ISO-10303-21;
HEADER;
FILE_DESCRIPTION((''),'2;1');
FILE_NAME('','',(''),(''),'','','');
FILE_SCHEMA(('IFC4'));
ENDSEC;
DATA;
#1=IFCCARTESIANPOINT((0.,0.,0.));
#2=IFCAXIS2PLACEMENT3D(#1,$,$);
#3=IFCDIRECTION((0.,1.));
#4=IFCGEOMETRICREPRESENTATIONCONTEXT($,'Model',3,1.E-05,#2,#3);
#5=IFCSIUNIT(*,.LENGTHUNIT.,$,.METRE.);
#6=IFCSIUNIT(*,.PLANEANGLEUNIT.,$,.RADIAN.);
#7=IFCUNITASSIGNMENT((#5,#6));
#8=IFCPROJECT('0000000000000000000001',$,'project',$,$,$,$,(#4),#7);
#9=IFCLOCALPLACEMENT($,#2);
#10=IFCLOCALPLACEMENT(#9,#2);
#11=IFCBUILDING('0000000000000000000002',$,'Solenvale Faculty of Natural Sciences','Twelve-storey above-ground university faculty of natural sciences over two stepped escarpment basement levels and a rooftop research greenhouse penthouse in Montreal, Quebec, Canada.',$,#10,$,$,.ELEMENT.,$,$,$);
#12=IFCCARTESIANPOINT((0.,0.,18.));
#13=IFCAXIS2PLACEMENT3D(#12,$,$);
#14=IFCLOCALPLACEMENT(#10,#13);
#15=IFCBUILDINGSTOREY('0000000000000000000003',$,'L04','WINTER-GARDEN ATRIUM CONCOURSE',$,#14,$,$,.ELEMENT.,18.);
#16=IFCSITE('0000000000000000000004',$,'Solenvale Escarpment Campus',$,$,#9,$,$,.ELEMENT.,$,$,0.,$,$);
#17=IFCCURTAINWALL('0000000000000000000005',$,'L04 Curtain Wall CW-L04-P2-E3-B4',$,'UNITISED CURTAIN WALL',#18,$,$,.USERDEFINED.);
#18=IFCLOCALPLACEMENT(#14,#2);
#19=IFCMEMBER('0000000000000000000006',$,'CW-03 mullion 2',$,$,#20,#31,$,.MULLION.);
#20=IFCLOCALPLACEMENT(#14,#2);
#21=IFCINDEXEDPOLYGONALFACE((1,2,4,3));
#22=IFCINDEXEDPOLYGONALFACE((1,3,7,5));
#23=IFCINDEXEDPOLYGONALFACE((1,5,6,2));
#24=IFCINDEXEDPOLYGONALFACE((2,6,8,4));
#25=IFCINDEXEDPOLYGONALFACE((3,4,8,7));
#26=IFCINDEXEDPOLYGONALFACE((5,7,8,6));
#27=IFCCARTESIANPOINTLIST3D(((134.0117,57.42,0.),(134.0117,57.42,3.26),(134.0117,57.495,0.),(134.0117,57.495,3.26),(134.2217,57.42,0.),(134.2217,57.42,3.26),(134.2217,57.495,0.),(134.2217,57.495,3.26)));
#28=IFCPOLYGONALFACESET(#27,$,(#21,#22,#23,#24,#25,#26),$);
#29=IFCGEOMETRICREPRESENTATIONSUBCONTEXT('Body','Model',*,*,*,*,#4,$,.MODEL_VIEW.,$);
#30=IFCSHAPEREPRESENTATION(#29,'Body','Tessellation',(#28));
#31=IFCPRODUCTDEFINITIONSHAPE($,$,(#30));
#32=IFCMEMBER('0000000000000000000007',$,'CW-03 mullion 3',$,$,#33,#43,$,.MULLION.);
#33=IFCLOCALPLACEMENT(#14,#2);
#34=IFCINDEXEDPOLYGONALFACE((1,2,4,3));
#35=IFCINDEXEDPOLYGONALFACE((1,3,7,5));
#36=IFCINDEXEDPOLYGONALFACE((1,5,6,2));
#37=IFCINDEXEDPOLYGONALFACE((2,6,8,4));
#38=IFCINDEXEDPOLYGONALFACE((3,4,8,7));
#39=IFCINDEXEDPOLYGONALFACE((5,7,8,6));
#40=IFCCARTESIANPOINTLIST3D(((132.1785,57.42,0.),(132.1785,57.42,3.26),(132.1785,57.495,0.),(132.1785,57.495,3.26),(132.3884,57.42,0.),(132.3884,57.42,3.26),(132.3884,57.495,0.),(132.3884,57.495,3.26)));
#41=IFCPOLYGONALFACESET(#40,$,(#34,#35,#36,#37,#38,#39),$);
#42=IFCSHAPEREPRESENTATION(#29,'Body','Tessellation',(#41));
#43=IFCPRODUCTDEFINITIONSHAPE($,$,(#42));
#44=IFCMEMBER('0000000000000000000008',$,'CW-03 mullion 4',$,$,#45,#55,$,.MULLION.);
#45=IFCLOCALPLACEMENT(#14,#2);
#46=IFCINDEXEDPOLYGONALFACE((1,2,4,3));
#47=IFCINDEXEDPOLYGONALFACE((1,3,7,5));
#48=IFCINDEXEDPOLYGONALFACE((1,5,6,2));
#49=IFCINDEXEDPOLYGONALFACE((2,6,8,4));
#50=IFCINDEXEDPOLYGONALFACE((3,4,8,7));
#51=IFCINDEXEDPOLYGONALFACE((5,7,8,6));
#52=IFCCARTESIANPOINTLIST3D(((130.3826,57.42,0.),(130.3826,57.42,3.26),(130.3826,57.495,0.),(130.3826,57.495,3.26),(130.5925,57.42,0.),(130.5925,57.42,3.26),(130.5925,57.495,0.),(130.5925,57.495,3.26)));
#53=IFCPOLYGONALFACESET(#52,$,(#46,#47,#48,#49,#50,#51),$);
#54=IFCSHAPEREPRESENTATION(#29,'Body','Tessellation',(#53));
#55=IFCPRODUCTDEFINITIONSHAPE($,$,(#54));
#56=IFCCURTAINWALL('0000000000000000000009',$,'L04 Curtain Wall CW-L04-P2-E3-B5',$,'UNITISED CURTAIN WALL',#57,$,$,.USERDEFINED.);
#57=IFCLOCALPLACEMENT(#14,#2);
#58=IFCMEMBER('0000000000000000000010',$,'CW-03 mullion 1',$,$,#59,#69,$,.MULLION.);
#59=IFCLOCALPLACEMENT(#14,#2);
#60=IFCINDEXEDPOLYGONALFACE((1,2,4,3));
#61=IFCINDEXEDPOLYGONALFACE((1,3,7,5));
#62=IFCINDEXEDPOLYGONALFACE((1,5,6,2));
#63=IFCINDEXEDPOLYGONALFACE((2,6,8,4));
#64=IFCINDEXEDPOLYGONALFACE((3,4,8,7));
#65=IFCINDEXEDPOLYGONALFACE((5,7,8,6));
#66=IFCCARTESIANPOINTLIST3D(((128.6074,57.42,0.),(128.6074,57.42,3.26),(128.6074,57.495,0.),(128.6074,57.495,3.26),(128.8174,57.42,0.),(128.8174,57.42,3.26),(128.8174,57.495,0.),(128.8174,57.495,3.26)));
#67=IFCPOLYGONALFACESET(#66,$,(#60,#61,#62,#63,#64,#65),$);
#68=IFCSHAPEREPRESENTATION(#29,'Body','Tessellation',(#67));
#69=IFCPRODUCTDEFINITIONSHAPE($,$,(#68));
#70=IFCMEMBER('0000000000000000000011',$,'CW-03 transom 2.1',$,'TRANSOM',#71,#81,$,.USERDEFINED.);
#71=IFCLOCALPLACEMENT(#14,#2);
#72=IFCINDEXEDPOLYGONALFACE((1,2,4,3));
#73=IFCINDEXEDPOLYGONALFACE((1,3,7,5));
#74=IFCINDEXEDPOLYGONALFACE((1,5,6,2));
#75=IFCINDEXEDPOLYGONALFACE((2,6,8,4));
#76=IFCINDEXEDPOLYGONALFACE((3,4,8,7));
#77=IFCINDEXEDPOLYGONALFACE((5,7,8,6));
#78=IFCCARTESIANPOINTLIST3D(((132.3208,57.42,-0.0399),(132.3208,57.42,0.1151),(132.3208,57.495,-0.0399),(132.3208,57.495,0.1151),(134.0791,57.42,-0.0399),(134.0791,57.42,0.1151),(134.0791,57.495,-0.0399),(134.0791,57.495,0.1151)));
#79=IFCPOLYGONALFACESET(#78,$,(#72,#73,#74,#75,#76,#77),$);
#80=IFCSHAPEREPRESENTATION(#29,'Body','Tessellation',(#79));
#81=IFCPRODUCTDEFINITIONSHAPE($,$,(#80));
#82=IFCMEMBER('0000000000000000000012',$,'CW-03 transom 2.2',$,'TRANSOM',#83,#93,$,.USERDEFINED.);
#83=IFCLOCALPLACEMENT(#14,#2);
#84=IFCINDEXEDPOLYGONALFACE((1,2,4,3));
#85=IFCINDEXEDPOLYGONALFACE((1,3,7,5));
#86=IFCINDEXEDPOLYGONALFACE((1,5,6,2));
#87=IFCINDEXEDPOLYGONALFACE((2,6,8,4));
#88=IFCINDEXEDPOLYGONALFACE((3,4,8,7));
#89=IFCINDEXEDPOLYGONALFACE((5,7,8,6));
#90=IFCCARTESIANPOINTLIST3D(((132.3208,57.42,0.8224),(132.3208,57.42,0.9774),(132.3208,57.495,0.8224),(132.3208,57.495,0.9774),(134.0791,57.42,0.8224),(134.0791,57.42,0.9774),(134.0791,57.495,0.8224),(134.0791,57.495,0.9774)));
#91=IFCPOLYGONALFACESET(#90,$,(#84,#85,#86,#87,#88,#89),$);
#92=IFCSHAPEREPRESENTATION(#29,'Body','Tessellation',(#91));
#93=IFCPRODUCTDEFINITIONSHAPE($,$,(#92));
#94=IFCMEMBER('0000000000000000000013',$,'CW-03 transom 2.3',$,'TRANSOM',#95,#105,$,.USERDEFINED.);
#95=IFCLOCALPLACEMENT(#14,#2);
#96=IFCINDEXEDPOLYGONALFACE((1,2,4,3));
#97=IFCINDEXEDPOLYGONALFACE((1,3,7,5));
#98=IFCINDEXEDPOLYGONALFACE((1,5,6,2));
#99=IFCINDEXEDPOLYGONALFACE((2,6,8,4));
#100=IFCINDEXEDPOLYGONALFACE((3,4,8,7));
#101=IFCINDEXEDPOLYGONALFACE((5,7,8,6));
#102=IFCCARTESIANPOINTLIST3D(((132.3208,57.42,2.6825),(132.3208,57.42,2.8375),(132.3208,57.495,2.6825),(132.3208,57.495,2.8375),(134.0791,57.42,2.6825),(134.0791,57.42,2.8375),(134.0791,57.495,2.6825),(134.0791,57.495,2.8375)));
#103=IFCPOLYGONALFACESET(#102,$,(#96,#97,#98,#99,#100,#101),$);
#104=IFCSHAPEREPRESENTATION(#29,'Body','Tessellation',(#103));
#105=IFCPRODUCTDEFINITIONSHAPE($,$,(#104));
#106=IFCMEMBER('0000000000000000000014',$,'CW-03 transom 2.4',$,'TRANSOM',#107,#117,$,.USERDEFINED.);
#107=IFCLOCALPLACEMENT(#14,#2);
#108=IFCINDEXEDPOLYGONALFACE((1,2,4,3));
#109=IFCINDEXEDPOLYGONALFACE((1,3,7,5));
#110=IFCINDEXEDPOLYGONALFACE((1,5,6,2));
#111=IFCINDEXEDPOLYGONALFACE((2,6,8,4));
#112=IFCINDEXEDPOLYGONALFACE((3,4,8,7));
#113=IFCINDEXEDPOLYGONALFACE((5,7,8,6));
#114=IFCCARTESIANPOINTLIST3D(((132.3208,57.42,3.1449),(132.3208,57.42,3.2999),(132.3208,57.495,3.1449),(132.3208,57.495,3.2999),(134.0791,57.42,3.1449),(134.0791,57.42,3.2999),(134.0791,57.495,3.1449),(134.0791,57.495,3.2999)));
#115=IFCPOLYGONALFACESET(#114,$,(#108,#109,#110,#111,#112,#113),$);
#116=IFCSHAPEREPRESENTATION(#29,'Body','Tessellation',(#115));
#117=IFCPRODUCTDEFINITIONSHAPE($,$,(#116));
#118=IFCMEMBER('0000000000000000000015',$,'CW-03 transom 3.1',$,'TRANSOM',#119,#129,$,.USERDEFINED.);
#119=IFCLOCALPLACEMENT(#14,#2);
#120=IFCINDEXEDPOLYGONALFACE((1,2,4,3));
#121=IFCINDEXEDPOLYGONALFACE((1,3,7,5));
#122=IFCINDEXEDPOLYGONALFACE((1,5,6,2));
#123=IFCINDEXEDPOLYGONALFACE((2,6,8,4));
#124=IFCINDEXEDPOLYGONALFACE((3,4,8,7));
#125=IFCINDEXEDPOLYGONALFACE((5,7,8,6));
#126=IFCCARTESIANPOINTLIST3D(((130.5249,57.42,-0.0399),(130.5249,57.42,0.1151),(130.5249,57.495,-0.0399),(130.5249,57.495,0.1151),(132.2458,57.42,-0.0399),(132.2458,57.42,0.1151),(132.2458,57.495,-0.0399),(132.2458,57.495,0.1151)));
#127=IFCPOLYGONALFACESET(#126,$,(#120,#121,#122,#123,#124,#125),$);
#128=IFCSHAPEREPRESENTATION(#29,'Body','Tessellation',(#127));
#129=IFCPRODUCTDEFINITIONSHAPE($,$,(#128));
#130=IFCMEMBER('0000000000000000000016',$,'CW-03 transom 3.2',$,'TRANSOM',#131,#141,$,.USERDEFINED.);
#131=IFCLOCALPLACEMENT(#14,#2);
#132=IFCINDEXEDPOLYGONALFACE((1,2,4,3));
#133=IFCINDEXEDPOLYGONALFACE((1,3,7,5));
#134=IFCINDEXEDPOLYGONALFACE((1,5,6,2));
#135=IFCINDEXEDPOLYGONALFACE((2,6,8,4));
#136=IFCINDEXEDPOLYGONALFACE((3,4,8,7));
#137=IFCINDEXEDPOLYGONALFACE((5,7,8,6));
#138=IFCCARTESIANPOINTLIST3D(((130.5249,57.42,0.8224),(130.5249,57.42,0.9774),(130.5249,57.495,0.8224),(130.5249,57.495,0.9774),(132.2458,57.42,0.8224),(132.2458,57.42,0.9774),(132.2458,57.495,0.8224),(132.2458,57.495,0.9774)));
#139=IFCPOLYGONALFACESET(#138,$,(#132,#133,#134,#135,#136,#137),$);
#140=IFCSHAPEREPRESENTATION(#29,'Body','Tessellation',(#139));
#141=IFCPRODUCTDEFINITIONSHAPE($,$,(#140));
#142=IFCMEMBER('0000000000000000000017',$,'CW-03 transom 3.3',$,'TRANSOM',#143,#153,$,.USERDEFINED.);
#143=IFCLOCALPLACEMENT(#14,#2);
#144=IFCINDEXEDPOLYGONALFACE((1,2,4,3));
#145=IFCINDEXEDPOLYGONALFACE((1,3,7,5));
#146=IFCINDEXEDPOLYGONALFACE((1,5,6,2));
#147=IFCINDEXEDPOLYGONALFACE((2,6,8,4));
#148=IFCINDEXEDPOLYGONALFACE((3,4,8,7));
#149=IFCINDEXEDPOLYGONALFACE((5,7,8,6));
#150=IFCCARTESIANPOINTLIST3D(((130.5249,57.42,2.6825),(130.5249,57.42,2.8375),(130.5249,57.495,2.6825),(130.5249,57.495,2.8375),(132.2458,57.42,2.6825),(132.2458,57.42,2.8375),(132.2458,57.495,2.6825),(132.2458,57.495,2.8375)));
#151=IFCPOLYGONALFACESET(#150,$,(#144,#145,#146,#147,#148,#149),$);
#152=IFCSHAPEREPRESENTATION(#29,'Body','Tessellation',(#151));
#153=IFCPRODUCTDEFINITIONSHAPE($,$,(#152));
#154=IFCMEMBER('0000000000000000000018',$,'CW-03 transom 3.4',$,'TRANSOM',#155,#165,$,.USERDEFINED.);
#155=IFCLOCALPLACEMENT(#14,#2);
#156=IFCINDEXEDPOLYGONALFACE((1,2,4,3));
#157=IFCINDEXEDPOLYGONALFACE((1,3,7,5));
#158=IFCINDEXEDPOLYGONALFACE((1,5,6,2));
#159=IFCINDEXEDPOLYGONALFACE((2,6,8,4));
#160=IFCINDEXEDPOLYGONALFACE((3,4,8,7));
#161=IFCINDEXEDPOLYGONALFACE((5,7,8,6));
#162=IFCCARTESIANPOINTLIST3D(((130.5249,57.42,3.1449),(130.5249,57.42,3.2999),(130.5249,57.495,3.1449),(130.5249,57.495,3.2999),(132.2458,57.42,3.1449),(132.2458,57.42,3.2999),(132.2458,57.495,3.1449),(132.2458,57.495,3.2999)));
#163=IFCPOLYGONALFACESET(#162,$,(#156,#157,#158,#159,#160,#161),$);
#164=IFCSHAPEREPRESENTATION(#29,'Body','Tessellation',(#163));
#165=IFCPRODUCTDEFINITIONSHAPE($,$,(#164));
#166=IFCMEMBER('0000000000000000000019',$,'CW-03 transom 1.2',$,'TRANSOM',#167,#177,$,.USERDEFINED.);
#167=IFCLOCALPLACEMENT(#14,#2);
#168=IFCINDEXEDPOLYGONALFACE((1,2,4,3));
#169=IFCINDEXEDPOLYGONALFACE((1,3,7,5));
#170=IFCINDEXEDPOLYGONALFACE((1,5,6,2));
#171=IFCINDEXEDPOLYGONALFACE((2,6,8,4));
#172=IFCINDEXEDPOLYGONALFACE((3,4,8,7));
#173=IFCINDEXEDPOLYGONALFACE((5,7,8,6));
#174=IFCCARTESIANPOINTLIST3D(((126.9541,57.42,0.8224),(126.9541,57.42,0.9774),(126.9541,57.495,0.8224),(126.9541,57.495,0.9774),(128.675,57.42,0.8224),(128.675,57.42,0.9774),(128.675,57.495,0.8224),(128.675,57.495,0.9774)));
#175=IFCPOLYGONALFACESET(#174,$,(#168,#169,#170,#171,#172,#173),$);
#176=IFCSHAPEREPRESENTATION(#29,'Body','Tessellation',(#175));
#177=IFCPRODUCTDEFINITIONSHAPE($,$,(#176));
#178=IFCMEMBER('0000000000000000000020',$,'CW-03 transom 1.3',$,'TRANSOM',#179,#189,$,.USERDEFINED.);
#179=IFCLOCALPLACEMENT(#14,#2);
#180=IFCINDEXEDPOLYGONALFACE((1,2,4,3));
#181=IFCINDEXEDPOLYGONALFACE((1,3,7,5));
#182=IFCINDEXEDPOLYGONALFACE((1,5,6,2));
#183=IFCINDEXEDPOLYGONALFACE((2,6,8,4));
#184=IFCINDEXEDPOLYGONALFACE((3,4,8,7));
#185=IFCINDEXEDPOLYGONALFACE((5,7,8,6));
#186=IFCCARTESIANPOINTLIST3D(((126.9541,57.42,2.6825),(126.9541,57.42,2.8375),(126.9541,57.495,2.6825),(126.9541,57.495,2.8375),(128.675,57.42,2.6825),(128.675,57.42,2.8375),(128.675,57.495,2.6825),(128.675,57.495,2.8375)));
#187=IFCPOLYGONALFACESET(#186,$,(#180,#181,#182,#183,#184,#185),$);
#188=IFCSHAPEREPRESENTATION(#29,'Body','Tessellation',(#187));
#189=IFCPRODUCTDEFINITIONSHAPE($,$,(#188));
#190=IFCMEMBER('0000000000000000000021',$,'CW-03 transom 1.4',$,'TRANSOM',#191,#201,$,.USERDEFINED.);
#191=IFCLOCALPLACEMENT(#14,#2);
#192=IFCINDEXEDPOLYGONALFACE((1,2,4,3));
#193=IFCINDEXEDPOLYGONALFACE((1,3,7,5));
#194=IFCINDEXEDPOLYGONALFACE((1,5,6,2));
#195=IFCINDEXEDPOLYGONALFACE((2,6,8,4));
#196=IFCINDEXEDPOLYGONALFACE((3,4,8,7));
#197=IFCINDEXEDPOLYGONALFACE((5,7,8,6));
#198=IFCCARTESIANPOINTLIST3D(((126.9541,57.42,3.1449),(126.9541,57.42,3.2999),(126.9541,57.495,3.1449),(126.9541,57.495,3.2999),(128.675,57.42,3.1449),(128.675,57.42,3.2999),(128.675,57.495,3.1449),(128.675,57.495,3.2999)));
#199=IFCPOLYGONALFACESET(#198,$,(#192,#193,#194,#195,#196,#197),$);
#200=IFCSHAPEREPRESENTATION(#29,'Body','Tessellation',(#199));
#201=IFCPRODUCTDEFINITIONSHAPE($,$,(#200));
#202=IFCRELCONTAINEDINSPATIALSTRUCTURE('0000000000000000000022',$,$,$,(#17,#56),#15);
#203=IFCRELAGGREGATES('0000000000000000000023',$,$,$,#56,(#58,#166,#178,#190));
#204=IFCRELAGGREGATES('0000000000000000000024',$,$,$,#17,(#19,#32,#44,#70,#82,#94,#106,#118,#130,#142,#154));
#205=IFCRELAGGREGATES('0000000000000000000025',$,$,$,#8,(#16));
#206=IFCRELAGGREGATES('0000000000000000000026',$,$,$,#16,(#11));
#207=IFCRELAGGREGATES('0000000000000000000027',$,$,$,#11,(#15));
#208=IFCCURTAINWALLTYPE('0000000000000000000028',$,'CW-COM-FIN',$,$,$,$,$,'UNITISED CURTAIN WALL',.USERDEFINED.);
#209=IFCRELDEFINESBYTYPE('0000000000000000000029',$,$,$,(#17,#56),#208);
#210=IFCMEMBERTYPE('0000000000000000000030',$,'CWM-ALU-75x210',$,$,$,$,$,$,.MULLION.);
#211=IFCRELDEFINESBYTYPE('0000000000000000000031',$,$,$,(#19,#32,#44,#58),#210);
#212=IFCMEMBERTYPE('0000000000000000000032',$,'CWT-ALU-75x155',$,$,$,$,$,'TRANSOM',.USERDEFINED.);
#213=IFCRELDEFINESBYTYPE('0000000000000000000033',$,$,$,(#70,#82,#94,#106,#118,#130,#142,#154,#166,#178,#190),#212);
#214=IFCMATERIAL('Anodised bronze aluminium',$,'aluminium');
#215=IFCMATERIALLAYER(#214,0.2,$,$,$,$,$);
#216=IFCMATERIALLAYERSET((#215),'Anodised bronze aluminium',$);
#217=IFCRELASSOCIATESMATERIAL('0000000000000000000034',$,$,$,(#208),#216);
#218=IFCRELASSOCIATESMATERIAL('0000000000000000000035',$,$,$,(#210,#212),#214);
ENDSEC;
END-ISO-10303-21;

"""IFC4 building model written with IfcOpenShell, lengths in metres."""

from ifc_helpers import new_model, si_unit, direction, frame, origin, origin_2d, place, context, subcontext, project, spatial, rectangle, extrude, material, layer, layer_set, material_profile, profile_set, type_object, element, aggregate, save


model = new_model("IFC4")

# Units and contexts
model_context = context("Model", 3, precision=1e-05, world=origin(), true_north=direction((0.0, 1.0)))
body_context = subcontext(model_context, "Body", "Model", "MODEL_VIEW")
ifc_project = project(units=[si_unit("LENGTHUNIT", "METRE"), si_unit("PLANEANGLEUNIT", "RADIAN")], contexts=[model_context])

# Site, building, storey
site_placement = place(None, origin())
site = spatial("IfcSite", under=ifc_project, at=site_placement, Name="Solenvale Escarpment Campus", CompositionType="ELEMENT", RefElevation=0.0)
building_placement = place(site_placement, origin())
building = spatial("IfcBuilding", under=site, at=building_placement, Name="Solenvale Faculty of Natural Sciences", Description="Twelve-storey above-ground university faculty of natural sciences over two stepped escarpment basement levels and a rooftop research greenhouse penthouse in Montreal, Quebec, Canada.", CompositionType="ELEMENT")
storey_placement = place(building_placement, frame((0.0, 0.0, 18.0)))
storey = spatial("IfcBuildingStorey", under=building, at=storey_placement, Name="L04", Description="WINTER-GARDEN ATRIUM CONCOURSE", CompositionType="ELEMENT", Elevation=18.0)

# Curtain wall, members
ifc_material_1 = material(Name="Anodised bronze aluminium", Category="aluminium")
ifc_layer_1 = layer(ifc_material_1, 0.2)
ifc_layer_set_1 = layer_set([ifc_layer_1], Name="Anodised bronze aluminium")
curtain_wall_type = type_object("IfcCurtainWallType", Name="CW-COM-FIN", ElementType="UNITISED CURTAIN WALL", PredefinedType="USERDEFINED", material=ifc_layer_set_1)
curtain_wall_1_placement = place(storey_placement, origin())
curtain_wall_1 = element("IfcCurtainWall", 1, at=curtain_wall_1_placement, inside=storey, type_object=curtain_wall_type, Name="L04 Curtain Wall CW-L04-P2-E3-B4", ObjectType="UNITISED CURTAIN WALL", PredefinedType="USERDEFINED")
ifc_material_profile_1 = material_profile(ifc_material_1, rectangle(XDim=0.075, YDim=0.21, at=origin_2d()), Name="ALU-MUL-75x210")
ifc_profile_set_1 = profile_set([ifc_material_profile_1], Name="Anodised bronze aluminium")
member_type_1 = type_object("IfcMemberType", Name="CWM-ALU-75x210", PredefinedType="MULLION", material=ifc_profile_set_1)
member_1_placement = place(storey_placement, frame((134.1167, 57.4575, 0.0), z_axis=(0.0, 0.0, 1.0), x_axis=(0.0, -1.0, 0.0)))
member_1 = element("IfcMember", 2, at=member_1_placement, type_object=member_type_1, Name="CW-03 mullion 2", PredefinedType="MULLION", context=body_context, shape_type="SweptSolid", body=[
    extrude(rectangle(XDim=0.075, YDim=0.21, at=origin_2d()), origin(), (0.0, 0.0, 1.0), 3.26),
])
member_2_placement = place(storey_placement, frame((132.2834, 57.4575, 0.0), z_axis=(0.0, 0.0, 1.0), x_axis=(0.0, -1.0, 0.0)))
member_2 = element("IfcMember", 3, at=member_2_placement, type_object=member_type_1, Name="CW-03 mullion 3", PredefinedType="MULLION", context=body_context, shape_type="SweptSolid", body=[
    extrude(rectangle(XDim=0.075, YDim=0.21, at=origin_2d()), origin(), (0.0, 0.0, 1.0), 3.26),
])
member_3_placement = place(storey_placement, frame((130.4875, 57.4575, 0.0), z_axis=(0.0, 0.0, 1.0), x_axis=(0.0, -1.0, 0.0)))
member_3 = element("IfcMember", 4, at=member_3_placement, type_object=member_type_1, Name="CW-03 mullion 4", PredefinedType="MULLION", context=body_context, shape_type="SweptSolid", body=[
    extrude(rectangle(XDim=0.075, YDim=0.21, at=origin_2d()), origin(), (0.0, 0.0, 1.0), 3.26),
])

# Curtain wall, member
curtain_wall_2_placement = place(storey_placement, origin())
curtain_wall_2 = element("IfcCurtainWall", 5, at=curtain_wall_2_placement, inside=storey, type_object=curtain_wall_type, Name="L04 Curtain Wall CW-L04-P2-E3-B5", ObjectType="UNITISED CURTAIN WALL", PredefinedType="USERDEFINED")
member_4_placement = place(storey_placement, frame((128.7124, 57.4575, 0.0), z_axis=(0.0, 0.0, 1.0), x_axis=(0.0, -1.0, 0.0)))
member_4 = element("IfcMember", 6, at=member_4_placement, type_object=member_type_1, Name="CW-03 mullion 1", PredefinedType="MULLION", context=body_context, shape_type="SweptSolid", body=[
    extrude(rectangle(XDim=0.075, YDim=0.21, at=origin_2d()), origin(), (0.0, 0.0, 1.0), 3.26),
])

# Members
ifc_material_profile_2 = material_profile(ifc_material_1, rectangle(XDim=0.075, YDim=0.155, at=origin_2d()), Name="ALU-TRN-75x155")
ifc_profile_set_2 = profile_set([ifc_material_profile_2], Name="Anodised bronze aluminium")
member_type_2 = type_object("IfcMemberType", Name="CWT-ALU-75x155", ElementType="TRANSOM", PredefinedType="USERDEFINED", material=ifc_profile_set_2)
member_5_placement = place(storey_placement, frame((134.0791, 57.4575, 0.0376), z_axis=(-1.0, 0.0, 0.0), x_axis=(0.0, -1.0, 0.0)))
member_5 = element("IfcMember", 7, at=member_5_placement, type_object=member_type_2, Name="CW-03 transom 2.1", ObjectType="TRANSOM", PredefinedType="USERDEFINED", context=body_context, shape_type="SweptSolid", body=[
    extrude(rectangle(XDim=0.075, YDim=0.155, at=origin_2d()), origin(), (0.0, 0.0, 1.0), 1.7583),
])
member_6_placement = place(storey_placement, frame((134.0791, 57.4575, 0.8999), z_axis=(-1.0, 0.0, 0.0), x_axis=(0.0, -1.0, 0.0)))
member_6 = element("IfcMember", 8, at=member_6_placement, type_object=member_type_2, Name="CW-03 transom 2.2", ObjectType="TRANSOM", PredefinedType="USERDEFINED", context=body_context, shape_type="SweptSolid", body=[
    extrude(rectangle(XDim=0.075, YDim=0.155, at=origin_2d()), origin(), (0.0, 0.0, 1.0), 1.7583),
])
member_7_placement = place(storey_placement, frame((134.0791, 57.4575, 2.76), z_axis=(-1.0, 0.0, 0.0), x_axis=(0.0, -1.0, 0.0)))
member_7 = element("IfcMember", 9, at=member_7_placement, type_object=member_type_2, Name="CW-03 transom 2.3", ObjectType="TRANSOM", PredefinedType="USERDEFINED", context=body_context, shape_type="SweptSolid", body=[
    extrude(rectangle(XDim=0.075, YDim=0.155, at=origin_2d()), origin(), (0.0, 0.0, 1.0), 1.7583),
])
member_8_placement = place(storey_placement, frame((134.0791, 57.4575, 3.2224), z_axis=(-1.0, 0.0, 0.0), x_axis=(0.0, -1.0, 0.0)))
member_8 = element("IfcMember", 10, at=member_8_placement, type_object=member_type_2, Name="CW-03 transom 2.4", ObjectType="TRANSOM", PredefinedType="USERDEFINED", context=body_context, shape_type="SweptSolid", body=[
    extrude(rectangle(XDim=0.075, YDim=0.155, at=origin_2d()), origin(), (0.0, 0.0, 1.0), 1.7583),
])
member_9_placement = place(storey_placement, frame((132.2458, 57.4575, 0.0376), z_axis=(-1.0, 0.0, 0.0), x_axis=(0.0, -1.0, 0.0)))
member_9 = element("IfcMember", 11, at=member_9_placement, type_object=member_type_2, Name="CW-03 transom 3.1", ObjectType="TRANSOM", PredefinedType="USERDEFINED", context=body_context, shape_type="SweptSolid", body=[
    extrude(rectangle(XDim=0.075, YDim=0.155, at=origin_2d()), origin(), (0.0, 0.0, 1.0), 1.7209),
])
member_10_placement = place(storey_placement, frame((132.2458, 57.4575, 0.8999), z_axis=(-1.0, 0.0, 0.0), x_axis=(0.0, -1.0, 0.0)))
member_10 = element("IfcMember", 12, at=member_10_placement, type_object=member_type_2, Name="CW-03 transom 3.2", ObjectType="TRANSOM", PredefinedType="USERDEFINED", context=body_context, shape_type="SweptSolid", body=[
    extrude(rectangle(XDim=0.075, YDim=0.155, at=origin_2d()), origin(), (0.0, 0.0, 1.0), 1.7209),
])
member_11_placement = place(storey_placement, frame((132.2458, 57.4575, 2.76), z_axis=(-1.0, 0.0, 0.0), x_axis=(0.0, -1.0, 0.0)))
member_11 = element("IfcMember", 13, at=member_11_placement, type_object=member_type_2, Name="CW-03 transom 3.3", ObjectType="TRANSOM", PredefinedType="USERDEFINED", context=body_context, shape_type="SweptSolid", body=[
    extrude(rectangle(XDim=0.075, YDim=0.155, at=origin_2d()), origin(), (0.0, 0.0, 1.0), 1.7209),
])
member_12_placement = place(storey_placement, frame((132.2458, 57.4575, 3.2224), z_axis=(-1.0, 0.0, 0.0), x_axis=(0.0, -1.0, 0.0)))
member_12 = element("IfcMember", 14, at=member_12_placement, type_object=member_type_2, Name="CW-03 transom 3.4", ObjectType="TRANSOM", PredefinedType="USERDEFINED", context=body_context, shape_type="SweptSolid", body=[
    extrude(rectangle(XDim=0.075, YDim=0.155, at=origin_2d()), origin(), (0.0, 0.0, 1.0), 1.7209),
])
member_13_placement = place(storey_placement, frame((128.675, 57.4575, 0.8999), z_axis=(-1.0, 0.0, 0.0), x_axis=(0.0, -1.0, 0.0)))
member_13 = element("IfcMember", 15, at=member_13_placement, type_object=member_type_2, Name="CW-03 transom 1.2", ObjectType="TRANSOM", PredefinedType="USERDEFINED", context=body_context, shape_type="SweptSolid", body=[
    extrude(rectangle(XDim=0.075, YDim=0.155, at=origin_2d()), origin(), (0.0, 0.0, 1.0), 1.7209),
])
member_14_placement = place(storey_placement, frame((128.675, 57.4575, 2.76), z_axis=(-1.0, 0.0, 0.0), x_axis=(0.0, -1.0, 0.0)))
member_14 = element("IfcMember", 16, at=member_14_placement, type_object=member_type_2, Name="CW-03 transom 1.3", ObjectType="TRANSOM", PredefinedType="USERDEFINED", context=body_context, shape_type="SweptSolid", body=[
    extrude(rectangle(XDim=0.075, YDim=0.155, at=origin_2d()), origin(), (0.0, 0.0, 1.0), 1.7209),
])
member_15_placement = place(storey_placement, frame((128.675, 57.4575, 3.2224), z_axis=(-1.0, 0.0, 0.0), x_axis=(0.0, -1.0, 0.0)))
member_15 = element("IfcMember", 17, at=member_15_placement, type_object=member_type_2, Name="CW-03 transom 1.4", ObjectType="TRANSOM", PredefinedType="USERDEFINED", context=body_context, shape_type="SweptSolid", body=[
    extrude(rectangle(XDim=0.075, YDim=0.155, at=origin_2d()), origin(), (0.0, 0.0, 1.0), 1.7209),
])
aggregate(curtain_wall_2, [member_4, member_13, member_14, member_15])

aggregate(curtain_wall_1, [member_1, member_2, member_3, member_5, member_6, member_7, member_8, member_9, member_10, member_11, member_12])

save(model, "model.ifc")
